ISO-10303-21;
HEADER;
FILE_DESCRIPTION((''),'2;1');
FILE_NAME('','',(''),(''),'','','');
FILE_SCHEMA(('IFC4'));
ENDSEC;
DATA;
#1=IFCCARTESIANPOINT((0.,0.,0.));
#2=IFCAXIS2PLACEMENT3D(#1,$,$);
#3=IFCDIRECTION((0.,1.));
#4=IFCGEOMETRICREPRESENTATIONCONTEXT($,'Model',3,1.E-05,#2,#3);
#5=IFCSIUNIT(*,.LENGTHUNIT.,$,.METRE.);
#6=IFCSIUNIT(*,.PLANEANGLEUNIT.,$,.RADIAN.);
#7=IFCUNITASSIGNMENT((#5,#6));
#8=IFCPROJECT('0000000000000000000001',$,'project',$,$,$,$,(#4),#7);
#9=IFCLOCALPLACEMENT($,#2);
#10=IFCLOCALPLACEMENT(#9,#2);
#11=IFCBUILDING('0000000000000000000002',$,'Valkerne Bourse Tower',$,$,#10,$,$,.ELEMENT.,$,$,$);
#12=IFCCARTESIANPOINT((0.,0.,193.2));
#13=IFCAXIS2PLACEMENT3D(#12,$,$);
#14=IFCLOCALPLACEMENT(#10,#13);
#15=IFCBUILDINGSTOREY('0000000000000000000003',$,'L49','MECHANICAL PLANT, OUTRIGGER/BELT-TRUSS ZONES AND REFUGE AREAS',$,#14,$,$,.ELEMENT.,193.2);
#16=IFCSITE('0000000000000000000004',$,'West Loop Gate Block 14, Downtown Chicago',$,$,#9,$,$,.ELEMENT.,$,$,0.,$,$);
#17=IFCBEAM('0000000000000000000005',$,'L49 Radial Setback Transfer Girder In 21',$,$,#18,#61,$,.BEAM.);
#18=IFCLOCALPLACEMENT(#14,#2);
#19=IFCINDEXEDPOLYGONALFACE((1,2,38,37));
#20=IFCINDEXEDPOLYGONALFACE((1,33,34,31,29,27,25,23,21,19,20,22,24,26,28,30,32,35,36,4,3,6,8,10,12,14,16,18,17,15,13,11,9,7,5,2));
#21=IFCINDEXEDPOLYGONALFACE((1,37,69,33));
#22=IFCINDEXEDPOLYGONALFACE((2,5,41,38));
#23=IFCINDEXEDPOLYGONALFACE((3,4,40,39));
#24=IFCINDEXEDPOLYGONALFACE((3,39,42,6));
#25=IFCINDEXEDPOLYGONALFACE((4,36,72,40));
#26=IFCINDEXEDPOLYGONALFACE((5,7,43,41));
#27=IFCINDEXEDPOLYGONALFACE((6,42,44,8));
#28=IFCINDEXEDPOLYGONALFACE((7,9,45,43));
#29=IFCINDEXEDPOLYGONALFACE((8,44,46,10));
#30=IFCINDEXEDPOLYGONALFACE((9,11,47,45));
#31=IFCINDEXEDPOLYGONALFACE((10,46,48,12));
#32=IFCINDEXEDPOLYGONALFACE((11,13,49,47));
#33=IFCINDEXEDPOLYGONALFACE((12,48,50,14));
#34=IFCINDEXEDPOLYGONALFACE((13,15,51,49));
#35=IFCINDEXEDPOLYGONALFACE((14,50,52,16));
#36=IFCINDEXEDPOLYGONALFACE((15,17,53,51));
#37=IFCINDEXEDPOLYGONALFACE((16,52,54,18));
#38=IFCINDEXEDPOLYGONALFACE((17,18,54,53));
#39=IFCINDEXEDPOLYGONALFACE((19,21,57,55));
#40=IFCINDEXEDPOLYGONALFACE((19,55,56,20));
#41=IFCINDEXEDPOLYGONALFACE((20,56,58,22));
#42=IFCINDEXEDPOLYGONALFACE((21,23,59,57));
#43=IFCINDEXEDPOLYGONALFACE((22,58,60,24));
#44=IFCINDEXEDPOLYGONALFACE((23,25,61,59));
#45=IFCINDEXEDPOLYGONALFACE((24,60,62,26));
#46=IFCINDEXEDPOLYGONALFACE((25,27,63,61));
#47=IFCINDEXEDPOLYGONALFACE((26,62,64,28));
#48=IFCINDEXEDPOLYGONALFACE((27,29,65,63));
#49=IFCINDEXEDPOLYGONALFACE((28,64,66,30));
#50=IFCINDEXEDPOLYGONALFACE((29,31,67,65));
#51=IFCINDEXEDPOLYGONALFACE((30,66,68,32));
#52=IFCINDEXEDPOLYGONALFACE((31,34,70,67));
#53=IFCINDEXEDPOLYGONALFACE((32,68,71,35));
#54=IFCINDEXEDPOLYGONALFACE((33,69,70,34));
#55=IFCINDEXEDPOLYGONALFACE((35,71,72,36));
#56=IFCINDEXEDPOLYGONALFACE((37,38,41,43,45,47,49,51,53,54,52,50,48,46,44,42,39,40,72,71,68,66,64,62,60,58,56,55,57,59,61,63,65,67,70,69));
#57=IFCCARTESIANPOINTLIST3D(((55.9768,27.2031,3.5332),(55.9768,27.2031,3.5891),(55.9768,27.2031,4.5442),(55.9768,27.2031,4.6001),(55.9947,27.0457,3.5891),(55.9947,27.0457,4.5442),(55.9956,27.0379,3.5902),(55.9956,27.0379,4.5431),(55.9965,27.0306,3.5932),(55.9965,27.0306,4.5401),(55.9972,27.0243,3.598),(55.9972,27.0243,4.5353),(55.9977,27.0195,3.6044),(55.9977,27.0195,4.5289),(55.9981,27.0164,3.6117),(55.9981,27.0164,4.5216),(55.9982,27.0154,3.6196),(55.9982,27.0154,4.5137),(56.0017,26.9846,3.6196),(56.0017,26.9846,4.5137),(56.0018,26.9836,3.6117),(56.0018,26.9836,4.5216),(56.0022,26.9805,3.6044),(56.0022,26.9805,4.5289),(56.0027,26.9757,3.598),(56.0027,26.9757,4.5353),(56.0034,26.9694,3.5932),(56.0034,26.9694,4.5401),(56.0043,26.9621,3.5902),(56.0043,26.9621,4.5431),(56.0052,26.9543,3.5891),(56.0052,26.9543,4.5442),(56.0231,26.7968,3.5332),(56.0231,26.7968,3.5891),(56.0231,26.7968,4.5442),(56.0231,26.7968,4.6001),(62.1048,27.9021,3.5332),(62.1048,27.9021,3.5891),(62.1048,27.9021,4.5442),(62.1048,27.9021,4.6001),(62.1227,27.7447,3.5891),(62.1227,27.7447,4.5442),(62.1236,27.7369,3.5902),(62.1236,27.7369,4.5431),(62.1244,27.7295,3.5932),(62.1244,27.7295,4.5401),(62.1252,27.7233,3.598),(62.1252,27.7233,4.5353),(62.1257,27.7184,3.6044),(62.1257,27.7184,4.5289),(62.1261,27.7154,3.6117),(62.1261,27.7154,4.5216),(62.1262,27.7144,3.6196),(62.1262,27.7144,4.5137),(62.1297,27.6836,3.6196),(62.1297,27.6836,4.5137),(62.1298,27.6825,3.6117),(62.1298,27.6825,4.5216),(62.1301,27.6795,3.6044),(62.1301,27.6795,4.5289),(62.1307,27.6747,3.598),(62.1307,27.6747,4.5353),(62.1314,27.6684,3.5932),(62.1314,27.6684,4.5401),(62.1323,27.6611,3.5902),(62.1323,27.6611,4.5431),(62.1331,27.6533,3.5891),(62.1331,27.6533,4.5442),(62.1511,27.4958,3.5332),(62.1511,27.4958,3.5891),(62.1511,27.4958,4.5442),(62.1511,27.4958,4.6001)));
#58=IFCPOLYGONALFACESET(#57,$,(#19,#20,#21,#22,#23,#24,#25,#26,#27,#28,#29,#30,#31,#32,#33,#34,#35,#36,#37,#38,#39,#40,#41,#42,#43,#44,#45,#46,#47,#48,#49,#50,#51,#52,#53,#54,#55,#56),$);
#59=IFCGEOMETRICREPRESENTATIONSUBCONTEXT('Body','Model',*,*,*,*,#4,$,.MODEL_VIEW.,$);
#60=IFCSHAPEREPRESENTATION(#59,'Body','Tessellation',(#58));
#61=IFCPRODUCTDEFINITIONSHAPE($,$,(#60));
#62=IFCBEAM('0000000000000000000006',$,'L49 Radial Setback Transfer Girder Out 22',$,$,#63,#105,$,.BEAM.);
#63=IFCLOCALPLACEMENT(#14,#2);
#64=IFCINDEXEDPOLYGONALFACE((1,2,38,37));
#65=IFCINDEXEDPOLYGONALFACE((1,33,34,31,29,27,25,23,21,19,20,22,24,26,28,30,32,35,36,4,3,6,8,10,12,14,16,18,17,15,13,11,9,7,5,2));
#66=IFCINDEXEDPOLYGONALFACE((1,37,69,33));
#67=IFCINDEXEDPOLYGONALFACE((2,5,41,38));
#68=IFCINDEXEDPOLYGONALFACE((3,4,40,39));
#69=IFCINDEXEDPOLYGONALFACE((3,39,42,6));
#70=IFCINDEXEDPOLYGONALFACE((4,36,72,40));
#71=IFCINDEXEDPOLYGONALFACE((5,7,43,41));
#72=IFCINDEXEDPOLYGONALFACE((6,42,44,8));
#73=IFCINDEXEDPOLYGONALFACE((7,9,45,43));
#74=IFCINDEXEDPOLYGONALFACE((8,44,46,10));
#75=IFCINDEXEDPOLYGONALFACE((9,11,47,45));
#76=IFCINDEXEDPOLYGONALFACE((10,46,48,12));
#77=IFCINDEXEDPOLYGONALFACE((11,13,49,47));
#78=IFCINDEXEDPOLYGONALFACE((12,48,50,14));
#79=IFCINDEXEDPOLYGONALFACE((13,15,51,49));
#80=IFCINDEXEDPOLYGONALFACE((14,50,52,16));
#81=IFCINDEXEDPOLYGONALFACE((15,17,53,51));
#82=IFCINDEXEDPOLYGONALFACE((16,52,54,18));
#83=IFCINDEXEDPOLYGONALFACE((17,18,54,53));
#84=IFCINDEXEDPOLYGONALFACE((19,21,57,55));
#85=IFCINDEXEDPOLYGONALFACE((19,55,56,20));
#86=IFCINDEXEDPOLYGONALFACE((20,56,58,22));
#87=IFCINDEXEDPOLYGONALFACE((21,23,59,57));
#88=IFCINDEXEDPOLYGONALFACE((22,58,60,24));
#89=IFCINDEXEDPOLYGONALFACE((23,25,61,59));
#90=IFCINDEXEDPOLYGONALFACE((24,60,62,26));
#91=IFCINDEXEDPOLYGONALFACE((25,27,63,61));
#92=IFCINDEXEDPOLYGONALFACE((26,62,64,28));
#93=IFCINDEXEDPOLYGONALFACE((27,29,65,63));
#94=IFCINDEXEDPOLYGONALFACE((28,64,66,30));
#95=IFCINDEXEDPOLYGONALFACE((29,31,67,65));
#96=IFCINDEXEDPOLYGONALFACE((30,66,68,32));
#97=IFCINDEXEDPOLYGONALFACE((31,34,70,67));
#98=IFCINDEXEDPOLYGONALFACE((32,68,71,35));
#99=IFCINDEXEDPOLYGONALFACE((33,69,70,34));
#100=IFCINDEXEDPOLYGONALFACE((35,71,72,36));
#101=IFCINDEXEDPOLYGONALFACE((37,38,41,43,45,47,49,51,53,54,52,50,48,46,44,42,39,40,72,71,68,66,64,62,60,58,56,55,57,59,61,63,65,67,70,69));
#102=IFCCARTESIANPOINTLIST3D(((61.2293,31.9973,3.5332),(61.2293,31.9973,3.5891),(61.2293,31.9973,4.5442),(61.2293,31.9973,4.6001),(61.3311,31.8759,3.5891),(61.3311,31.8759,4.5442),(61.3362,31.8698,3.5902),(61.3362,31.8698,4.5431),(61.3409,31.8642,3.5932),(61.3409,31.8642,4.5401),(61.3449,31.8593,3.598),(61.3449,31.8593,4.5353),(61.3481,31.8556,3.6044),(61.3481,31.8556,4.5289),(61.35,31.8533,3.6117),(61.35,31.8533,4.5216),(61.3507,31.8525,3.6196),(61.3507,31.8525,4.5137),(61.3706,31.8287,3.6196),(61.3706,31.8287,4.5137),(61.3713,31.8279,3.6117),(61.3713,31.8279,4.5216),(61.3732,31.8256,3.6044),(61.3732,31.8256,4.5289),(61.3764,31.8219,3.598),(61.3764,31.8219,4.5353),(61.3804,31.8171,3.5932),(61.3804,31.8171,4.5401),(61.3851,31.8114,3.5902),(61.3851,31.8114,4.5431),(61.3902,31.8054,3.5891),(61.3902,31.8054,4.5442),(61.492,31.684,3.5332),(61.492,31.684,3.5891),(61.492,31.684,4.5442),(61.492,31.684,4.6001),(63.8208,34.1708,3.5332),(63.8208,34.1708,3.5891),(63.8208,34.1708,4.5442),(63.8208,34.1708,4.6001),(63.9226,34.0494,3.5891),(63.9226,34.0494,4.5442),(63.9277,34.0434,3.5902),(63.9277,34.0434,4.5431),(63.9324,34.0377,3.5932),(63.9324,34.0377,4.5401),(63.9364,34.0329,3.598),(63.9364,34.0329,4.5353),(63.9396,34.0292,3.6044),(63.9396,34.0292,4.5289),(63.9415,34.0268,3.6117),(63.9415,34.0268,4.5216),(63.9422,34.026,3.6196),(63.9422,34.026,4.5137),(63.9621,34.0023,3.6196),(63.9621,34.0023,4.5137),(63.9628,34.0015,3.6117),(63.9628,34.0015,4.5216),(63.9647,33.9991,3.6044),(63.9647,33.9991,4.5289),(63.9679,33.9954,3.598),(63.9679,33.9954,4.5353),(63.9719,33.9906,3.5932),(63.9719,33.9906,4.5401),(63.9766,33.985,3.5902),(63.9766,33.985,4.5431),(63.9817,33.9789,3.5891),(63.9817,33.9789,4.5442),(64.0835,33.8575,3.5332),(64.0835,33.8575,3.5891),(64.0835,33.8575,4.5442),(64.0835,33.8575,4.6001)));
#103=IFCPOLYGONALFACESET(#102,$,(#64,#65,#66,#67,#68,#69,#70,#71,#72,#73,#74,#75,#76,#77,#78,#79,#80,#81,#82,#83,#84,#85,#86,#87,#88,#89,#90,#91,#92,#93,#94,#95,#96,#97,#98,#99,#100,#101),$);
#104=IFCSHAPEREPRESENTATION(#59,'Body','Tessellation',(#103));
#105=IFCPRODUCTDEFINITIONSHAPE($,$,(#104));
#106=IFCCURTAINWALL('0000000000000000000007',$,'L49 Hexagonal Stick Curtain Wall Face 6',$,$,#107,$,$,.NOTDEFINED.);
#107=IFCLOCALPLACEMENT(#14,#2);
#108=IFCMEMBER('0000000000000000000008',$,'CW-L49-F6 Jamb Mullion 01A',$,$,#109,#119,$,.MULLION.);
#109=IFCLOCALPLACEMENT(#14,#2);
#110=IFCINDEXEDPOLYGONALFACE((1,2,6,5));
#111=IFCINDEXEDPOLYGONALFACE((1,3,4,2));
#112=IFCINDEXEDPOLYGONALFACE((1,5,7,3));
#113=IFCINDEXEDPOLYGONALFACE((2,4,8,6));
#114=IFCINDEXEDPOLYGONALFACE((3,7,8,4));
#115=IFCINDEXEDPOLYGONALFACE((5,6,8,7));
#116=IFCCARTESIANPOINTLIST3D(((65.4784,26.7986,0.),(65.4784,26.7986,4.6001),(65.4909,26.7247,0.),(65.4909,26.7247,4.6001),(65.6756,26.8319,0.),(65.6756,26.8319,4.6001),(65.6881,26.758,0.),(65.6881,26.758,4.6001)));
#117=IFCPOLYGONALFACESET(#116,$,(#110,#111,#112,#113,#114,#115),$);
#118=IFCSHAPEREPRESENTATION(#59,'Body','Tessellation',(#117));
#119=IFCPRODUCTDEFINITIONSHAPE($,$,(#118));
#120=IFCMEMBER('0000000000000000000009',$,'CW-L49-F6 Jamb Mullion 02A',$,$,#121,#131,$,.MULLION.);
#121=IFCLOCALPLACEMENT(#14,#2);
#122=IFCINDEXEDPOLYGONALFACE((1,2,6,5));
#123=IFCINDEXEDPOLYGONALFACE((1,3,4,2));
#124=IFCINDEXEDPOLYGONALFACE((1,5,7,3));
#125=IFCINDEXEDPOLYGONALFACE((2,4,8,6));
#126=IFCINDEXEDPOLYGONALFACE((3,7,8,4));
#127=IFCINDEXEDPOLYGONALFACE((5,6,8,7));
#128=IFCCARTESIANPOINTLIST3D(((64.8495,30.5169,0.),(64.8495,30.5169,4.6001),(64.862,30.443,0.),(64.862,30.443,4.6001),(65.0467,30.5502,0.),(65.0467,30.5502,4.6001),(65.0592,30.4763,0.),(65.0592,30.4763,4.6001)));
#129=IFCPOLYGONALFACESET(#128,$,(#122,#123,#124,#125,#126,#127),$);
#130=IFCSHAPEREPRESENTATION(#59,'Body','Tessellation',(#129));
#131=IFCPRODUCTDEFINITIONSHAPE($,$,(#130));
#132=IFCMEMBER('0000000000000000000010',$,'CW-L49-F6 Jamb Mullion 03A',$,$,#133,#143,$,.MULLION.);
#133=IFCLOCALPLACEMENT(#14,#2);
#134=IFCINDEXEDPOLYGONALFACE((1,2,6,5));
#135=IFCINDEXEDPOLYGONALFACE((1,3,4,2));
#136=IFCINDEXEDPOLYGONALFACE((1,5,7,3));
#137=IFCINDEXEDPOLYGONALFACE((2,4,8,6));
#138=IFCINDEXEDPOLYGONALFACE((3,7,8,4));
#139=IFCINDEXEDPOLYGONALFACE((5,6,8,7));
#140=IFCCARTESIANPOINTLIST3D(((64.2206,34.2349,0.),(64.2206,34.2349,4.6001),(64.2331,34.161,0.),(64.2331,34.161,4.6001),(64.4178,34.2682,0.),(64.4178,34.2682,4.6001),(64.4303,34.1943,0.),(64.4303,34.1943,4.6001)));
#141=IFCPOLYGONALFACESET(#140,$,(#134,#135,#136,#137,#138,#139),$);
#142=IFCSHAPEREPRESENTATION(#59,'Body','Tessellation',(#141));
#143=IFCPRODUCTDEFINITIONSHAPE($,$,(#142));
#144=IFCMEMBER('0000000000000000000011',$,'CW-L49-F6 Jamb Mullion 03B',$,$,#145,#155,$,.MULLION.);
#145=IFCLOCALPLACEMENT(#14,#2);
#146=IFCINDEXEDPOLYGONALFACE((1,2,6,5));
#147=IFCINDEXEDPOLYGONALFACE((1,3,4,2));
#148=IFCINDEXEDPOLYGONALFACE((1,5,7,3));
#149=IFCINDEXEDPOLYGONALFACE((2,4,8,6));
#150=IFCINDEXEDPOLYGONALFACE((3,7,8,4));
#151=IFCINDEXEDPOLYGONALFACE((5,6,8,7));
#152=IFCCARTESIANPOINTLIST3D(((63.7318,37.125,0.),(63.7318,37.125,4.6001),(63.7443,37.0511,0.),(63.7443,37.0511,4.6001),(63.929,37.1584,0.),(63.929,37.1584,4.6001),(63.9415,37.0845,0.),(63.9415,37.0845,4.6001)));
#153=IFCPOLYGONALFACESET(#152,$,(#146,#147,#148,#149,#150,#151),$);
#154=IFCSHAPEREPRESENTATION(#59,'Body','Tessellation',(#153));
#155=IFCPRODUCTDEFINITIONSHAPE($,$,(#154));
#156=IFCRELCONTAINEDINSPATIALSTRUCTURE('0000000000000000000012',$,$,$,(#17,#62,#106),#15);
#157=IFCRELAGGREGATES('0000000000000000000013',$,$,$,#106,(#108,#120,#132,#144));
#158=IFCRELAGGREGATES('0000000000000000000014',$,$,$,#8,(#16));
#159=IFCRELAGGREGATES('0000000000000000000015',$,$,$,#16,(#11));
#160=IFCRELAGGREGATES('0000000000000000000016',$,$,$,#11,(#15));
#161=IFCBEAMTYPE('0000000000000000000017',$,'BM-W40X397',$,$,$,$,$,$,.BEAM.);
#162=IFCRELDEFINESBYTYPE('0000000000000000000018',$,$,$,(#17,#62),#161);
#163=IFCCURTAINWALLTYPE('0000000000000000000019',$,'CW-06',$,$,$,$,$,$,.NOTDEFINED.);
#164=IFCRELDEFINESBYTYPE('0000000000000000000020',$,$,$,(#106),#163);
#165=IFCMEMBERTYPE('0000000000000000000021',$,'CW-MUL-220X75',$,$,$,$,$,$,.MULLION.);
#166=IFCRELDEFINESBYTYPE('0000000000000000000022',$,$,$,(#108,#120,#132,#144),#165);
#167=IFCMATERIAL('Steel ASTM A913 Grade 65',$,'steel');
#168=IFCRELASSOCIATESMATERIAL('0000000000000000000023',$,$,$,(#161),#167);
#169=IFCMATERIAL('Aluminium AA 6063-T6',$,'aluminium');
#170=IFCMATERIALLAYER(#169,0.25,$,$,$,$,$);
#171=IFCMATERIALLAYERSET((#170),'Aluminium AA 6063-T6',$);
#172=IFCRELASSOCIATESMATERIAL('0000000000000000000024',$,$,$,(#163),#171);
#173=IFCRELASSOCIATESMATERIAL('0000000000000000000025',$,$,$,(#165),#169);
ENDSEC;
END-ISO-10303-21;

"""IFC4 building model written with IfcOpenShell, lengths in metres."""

from ifc_helpers import new_model, si_unit, direction, frame, origin, origin_2d, place, context, subcontext, project, spatial, rectangle, i_section, extrude, material, layer, layer_set, material_profile, profile_set, type_object, element, aggregate, save


model = new_model("IFC4")

# Units and contexts
model_context = context("Model", 3, precision=1e-05, world=origin(), true_north=direction((0.0, 1.0)))
body_context = subcontext(model_context, "Body", "Model", "MODEL_VIEW")
ifc_project = project(units=[si_unit("LENGTHUNIT", "METRE"), si_unit("PLANEANGLEUNIT", "RADIAN")], contexts=[model_context])

# Site, building, storey
site_placement = place(None, origin())
site = spatial("IfcSite", under=ifc_project, at=site_placement, Name="West Loop Gate Block 14, Downtown Chicago", CompositionType="ELEMENT", RefElevation=0.0)
building_placement = place(site_placement, origin())
building = spatial("IfcBuilding", under=site, at=building_placement, Name="Valkerne Bourse Tower", CompositionType="ELEMENT")
storey_placement = place(building_placement, frame((0.0, 0.0, 193.2)))
storey = spatial("IfcBuildingStorey", under=building, at=storey_placement, Name="L49", Description="MECHANICAL PLANT, OUTRIGGER/BELT-TRUSS ZONES AND REFUGE AREAS", CompositionType="ELEMENT", Elevation=193.2)

# Shared definitions
ifc_material_1 = material(Name="Steel ASTM A913 Grade 65", Category="steel")

# Beams
ifc_material_profile_1 = material_profile(ifc_material_1, i_section(OverallWidth=0.4089, OverallDepth=1.0669, WebThickness=0.031, FlangeThickness=0.0559, FilletRadius=0.0305, at=origin_2d()), Name="W40X397")
ifc_profile_set_1 = profile_set([ifc_material_profile_1], Name="Steel ASTM A913 Grade 65")
beam_type_1 = type_object("IfcBeamType", Name="BM-W40X397", PredefinedType="BEAM", material=ifc_profile_set_1)
beam_1_placement = place(storey_placement, frame((62.1279, 27.699, 4.0667), z_axis=(-0.993558, -0.113329, 0.0), x_axis=(0.113329, -0.993558, 0.0)))
element("IfcBeam", 1, at=beam_1_placement, inside=storey, type_object=beam_type_1, Name="L49 Radial Setback Transfer Girder In 21", PredefinedType="BEAM", context=body_context, shape_type="SweptSolid", body=[
    extrude(i_section(OverallWidth=0.4089, OverallDepth=1.0669, WebThickness=0.031, FlangeThickness=0.0559, FilletRadius=0.0305, at=origin_2d()), origin(), (0.0, 0.0, 1.0), 6.1677),
])
beam_2_placement = place(storey_placement, frame((63.9521, 34.0142, 4.0667), z_axis=(-0.766188, -0.642616, 0.0), x_axis=(0.642616, -0.766188, 0.0)))
element("IfcBeam", 2, at=beam_2_placement, inside=storey, type_object=beam_type_1, Name="L49 Radial Setback Transfer Girder Out 22", PredefinedType="BEAM", context=body_context, shape_type="SweptSolid", body=[
    extrude(i_section(OverallWidth=0.4089, OverallDepth=1.0669, WebThickness=0.031, FlangeThickness=0.0559, FilletRadius=0.0305, at=origin_2d()), origin(), (0.0, 0.0, 1.0), 3.3823),
])

# Curtain wall, members
ifc_material_2 = material(Name="Aluminium AA 6063-T6", Category="aluminium")
ifc_layer_1 = layer(ifc_material_2, 0.25)
ifc_layer_set_1 = layer_set([ifc_layer_1], Name="Aluminium AA 6063-T6")
curtain_wall_type = type_object("IfcCurtainWallType", Name="CW-06", PredefinedType="NOTDEFINED", material=ifc_layer_set_1)
curtain_wall_placement = place(storey_placement, origin())
curtain_wall = element("IfcCurtainWall", 3, at=curtain_wall_placement, inside=storey, type_object=curtain_wall_type, Name="L49 Hexagonal Stick Curtain Wall Face 6", PredefinedType="NOTDEFINED")
ifc_material_profile_2 = material_profile(ifc_material_2, rectangle(XDim=0.075, YDim=0.2, at=origin_2d()), Name="CWM-75X200")
ifc_profile_set_2 = profile_set([ifc_material_profile_2], Name="Aluminium AA 6063-T6")
member_type_1 = type_object("IfcMemberType", Name="CW-MUL-220X75", PredefinedType="MULLION", material=ifc_profile_set_2)
member_1_placement = place(storey_placement, frame((65.5833, 26.7783, 0.0), z_axis=(0.0, 0.0, 1.0), x_axis=(-0.166746, 0.986, 0.0)))
member_1 = element("IfcMember", 4, at=member_1_placement, type_object=member_type_1, Name="CW-L49-F6 Jamb Mullion 01A", PredefinedType="MULLION", context=body_context, shape_type="SweptSolid", body=[
    extrude(rectangle(XDim=0.075, YDim=0.2, at=origin_2d()), origin(), (0.0, 0.0, 1.0), 4.6001),
])
member_2_placement = place(storey_placement, frame((64.9543, 30.4966, 0.0), z_axis=(0.0, 0.0, 1.0), x_axis=(-0.166772, 0.985995, 0.0)))
member_2 = element("IfcMember", 5, at=member_2_placement, type_object=member_type_1, Name="CW-L49-F6 Jamb Mullion 02A", PredefinedType="MULLION", context=body_context, shape_type="SweptSolid", body=[
    extrude(rectangle(XDim=0.075, YDim=0.2, at=origin_2d()), origin(), (0.0, 0.0, 1.0), 4.6001),
])
member_3_placement = place(storey_placement, frame((64.3254, 34.2146, 0.0), z_axis=(0.0, 0.0, 1.0), x_axis=(-0.166772, 0.985995, 0.0)))
member_3 = element("IfcMember", 6, at=member_3_placement, type_object=member_type_1, Name="CW-L49-F6 Jamb Mullion 03A", PredefinedType="MULLION", context=body_context, shape_type="SweptSolid", body=[
    extrude(rectangle(XDim=0.075, YDim=0.2, at=origin_2d()), origin(), (0.0, 0.0, 1.0), 4.6001),
])
member_4_placement = place(storey_placement, frame((63.8367, 37.1047, 0.0), z_axis=(0.0, 0.0, 1.0), x_axis=(-0.166772, 0.985995, 0.0)))
member_4 = element("IfcMember", 7, at=member_4_placement, type_object=member_type_1, Name="CW-L49-F6 Jamb Mullion 03B", PredefinedType="MULLION", context=body_context, shape_type="SweptSolid", body=[
    extrude(rectangle(XDim=0.075, YDim=0.2, at=origin_2d()), origin(), (0.0, 0.0, 1.0), 4.6001),
])

aggregate(curtain_wall, [member_1, member_2, member_3, member_4])

save(model, "model.ifc")
